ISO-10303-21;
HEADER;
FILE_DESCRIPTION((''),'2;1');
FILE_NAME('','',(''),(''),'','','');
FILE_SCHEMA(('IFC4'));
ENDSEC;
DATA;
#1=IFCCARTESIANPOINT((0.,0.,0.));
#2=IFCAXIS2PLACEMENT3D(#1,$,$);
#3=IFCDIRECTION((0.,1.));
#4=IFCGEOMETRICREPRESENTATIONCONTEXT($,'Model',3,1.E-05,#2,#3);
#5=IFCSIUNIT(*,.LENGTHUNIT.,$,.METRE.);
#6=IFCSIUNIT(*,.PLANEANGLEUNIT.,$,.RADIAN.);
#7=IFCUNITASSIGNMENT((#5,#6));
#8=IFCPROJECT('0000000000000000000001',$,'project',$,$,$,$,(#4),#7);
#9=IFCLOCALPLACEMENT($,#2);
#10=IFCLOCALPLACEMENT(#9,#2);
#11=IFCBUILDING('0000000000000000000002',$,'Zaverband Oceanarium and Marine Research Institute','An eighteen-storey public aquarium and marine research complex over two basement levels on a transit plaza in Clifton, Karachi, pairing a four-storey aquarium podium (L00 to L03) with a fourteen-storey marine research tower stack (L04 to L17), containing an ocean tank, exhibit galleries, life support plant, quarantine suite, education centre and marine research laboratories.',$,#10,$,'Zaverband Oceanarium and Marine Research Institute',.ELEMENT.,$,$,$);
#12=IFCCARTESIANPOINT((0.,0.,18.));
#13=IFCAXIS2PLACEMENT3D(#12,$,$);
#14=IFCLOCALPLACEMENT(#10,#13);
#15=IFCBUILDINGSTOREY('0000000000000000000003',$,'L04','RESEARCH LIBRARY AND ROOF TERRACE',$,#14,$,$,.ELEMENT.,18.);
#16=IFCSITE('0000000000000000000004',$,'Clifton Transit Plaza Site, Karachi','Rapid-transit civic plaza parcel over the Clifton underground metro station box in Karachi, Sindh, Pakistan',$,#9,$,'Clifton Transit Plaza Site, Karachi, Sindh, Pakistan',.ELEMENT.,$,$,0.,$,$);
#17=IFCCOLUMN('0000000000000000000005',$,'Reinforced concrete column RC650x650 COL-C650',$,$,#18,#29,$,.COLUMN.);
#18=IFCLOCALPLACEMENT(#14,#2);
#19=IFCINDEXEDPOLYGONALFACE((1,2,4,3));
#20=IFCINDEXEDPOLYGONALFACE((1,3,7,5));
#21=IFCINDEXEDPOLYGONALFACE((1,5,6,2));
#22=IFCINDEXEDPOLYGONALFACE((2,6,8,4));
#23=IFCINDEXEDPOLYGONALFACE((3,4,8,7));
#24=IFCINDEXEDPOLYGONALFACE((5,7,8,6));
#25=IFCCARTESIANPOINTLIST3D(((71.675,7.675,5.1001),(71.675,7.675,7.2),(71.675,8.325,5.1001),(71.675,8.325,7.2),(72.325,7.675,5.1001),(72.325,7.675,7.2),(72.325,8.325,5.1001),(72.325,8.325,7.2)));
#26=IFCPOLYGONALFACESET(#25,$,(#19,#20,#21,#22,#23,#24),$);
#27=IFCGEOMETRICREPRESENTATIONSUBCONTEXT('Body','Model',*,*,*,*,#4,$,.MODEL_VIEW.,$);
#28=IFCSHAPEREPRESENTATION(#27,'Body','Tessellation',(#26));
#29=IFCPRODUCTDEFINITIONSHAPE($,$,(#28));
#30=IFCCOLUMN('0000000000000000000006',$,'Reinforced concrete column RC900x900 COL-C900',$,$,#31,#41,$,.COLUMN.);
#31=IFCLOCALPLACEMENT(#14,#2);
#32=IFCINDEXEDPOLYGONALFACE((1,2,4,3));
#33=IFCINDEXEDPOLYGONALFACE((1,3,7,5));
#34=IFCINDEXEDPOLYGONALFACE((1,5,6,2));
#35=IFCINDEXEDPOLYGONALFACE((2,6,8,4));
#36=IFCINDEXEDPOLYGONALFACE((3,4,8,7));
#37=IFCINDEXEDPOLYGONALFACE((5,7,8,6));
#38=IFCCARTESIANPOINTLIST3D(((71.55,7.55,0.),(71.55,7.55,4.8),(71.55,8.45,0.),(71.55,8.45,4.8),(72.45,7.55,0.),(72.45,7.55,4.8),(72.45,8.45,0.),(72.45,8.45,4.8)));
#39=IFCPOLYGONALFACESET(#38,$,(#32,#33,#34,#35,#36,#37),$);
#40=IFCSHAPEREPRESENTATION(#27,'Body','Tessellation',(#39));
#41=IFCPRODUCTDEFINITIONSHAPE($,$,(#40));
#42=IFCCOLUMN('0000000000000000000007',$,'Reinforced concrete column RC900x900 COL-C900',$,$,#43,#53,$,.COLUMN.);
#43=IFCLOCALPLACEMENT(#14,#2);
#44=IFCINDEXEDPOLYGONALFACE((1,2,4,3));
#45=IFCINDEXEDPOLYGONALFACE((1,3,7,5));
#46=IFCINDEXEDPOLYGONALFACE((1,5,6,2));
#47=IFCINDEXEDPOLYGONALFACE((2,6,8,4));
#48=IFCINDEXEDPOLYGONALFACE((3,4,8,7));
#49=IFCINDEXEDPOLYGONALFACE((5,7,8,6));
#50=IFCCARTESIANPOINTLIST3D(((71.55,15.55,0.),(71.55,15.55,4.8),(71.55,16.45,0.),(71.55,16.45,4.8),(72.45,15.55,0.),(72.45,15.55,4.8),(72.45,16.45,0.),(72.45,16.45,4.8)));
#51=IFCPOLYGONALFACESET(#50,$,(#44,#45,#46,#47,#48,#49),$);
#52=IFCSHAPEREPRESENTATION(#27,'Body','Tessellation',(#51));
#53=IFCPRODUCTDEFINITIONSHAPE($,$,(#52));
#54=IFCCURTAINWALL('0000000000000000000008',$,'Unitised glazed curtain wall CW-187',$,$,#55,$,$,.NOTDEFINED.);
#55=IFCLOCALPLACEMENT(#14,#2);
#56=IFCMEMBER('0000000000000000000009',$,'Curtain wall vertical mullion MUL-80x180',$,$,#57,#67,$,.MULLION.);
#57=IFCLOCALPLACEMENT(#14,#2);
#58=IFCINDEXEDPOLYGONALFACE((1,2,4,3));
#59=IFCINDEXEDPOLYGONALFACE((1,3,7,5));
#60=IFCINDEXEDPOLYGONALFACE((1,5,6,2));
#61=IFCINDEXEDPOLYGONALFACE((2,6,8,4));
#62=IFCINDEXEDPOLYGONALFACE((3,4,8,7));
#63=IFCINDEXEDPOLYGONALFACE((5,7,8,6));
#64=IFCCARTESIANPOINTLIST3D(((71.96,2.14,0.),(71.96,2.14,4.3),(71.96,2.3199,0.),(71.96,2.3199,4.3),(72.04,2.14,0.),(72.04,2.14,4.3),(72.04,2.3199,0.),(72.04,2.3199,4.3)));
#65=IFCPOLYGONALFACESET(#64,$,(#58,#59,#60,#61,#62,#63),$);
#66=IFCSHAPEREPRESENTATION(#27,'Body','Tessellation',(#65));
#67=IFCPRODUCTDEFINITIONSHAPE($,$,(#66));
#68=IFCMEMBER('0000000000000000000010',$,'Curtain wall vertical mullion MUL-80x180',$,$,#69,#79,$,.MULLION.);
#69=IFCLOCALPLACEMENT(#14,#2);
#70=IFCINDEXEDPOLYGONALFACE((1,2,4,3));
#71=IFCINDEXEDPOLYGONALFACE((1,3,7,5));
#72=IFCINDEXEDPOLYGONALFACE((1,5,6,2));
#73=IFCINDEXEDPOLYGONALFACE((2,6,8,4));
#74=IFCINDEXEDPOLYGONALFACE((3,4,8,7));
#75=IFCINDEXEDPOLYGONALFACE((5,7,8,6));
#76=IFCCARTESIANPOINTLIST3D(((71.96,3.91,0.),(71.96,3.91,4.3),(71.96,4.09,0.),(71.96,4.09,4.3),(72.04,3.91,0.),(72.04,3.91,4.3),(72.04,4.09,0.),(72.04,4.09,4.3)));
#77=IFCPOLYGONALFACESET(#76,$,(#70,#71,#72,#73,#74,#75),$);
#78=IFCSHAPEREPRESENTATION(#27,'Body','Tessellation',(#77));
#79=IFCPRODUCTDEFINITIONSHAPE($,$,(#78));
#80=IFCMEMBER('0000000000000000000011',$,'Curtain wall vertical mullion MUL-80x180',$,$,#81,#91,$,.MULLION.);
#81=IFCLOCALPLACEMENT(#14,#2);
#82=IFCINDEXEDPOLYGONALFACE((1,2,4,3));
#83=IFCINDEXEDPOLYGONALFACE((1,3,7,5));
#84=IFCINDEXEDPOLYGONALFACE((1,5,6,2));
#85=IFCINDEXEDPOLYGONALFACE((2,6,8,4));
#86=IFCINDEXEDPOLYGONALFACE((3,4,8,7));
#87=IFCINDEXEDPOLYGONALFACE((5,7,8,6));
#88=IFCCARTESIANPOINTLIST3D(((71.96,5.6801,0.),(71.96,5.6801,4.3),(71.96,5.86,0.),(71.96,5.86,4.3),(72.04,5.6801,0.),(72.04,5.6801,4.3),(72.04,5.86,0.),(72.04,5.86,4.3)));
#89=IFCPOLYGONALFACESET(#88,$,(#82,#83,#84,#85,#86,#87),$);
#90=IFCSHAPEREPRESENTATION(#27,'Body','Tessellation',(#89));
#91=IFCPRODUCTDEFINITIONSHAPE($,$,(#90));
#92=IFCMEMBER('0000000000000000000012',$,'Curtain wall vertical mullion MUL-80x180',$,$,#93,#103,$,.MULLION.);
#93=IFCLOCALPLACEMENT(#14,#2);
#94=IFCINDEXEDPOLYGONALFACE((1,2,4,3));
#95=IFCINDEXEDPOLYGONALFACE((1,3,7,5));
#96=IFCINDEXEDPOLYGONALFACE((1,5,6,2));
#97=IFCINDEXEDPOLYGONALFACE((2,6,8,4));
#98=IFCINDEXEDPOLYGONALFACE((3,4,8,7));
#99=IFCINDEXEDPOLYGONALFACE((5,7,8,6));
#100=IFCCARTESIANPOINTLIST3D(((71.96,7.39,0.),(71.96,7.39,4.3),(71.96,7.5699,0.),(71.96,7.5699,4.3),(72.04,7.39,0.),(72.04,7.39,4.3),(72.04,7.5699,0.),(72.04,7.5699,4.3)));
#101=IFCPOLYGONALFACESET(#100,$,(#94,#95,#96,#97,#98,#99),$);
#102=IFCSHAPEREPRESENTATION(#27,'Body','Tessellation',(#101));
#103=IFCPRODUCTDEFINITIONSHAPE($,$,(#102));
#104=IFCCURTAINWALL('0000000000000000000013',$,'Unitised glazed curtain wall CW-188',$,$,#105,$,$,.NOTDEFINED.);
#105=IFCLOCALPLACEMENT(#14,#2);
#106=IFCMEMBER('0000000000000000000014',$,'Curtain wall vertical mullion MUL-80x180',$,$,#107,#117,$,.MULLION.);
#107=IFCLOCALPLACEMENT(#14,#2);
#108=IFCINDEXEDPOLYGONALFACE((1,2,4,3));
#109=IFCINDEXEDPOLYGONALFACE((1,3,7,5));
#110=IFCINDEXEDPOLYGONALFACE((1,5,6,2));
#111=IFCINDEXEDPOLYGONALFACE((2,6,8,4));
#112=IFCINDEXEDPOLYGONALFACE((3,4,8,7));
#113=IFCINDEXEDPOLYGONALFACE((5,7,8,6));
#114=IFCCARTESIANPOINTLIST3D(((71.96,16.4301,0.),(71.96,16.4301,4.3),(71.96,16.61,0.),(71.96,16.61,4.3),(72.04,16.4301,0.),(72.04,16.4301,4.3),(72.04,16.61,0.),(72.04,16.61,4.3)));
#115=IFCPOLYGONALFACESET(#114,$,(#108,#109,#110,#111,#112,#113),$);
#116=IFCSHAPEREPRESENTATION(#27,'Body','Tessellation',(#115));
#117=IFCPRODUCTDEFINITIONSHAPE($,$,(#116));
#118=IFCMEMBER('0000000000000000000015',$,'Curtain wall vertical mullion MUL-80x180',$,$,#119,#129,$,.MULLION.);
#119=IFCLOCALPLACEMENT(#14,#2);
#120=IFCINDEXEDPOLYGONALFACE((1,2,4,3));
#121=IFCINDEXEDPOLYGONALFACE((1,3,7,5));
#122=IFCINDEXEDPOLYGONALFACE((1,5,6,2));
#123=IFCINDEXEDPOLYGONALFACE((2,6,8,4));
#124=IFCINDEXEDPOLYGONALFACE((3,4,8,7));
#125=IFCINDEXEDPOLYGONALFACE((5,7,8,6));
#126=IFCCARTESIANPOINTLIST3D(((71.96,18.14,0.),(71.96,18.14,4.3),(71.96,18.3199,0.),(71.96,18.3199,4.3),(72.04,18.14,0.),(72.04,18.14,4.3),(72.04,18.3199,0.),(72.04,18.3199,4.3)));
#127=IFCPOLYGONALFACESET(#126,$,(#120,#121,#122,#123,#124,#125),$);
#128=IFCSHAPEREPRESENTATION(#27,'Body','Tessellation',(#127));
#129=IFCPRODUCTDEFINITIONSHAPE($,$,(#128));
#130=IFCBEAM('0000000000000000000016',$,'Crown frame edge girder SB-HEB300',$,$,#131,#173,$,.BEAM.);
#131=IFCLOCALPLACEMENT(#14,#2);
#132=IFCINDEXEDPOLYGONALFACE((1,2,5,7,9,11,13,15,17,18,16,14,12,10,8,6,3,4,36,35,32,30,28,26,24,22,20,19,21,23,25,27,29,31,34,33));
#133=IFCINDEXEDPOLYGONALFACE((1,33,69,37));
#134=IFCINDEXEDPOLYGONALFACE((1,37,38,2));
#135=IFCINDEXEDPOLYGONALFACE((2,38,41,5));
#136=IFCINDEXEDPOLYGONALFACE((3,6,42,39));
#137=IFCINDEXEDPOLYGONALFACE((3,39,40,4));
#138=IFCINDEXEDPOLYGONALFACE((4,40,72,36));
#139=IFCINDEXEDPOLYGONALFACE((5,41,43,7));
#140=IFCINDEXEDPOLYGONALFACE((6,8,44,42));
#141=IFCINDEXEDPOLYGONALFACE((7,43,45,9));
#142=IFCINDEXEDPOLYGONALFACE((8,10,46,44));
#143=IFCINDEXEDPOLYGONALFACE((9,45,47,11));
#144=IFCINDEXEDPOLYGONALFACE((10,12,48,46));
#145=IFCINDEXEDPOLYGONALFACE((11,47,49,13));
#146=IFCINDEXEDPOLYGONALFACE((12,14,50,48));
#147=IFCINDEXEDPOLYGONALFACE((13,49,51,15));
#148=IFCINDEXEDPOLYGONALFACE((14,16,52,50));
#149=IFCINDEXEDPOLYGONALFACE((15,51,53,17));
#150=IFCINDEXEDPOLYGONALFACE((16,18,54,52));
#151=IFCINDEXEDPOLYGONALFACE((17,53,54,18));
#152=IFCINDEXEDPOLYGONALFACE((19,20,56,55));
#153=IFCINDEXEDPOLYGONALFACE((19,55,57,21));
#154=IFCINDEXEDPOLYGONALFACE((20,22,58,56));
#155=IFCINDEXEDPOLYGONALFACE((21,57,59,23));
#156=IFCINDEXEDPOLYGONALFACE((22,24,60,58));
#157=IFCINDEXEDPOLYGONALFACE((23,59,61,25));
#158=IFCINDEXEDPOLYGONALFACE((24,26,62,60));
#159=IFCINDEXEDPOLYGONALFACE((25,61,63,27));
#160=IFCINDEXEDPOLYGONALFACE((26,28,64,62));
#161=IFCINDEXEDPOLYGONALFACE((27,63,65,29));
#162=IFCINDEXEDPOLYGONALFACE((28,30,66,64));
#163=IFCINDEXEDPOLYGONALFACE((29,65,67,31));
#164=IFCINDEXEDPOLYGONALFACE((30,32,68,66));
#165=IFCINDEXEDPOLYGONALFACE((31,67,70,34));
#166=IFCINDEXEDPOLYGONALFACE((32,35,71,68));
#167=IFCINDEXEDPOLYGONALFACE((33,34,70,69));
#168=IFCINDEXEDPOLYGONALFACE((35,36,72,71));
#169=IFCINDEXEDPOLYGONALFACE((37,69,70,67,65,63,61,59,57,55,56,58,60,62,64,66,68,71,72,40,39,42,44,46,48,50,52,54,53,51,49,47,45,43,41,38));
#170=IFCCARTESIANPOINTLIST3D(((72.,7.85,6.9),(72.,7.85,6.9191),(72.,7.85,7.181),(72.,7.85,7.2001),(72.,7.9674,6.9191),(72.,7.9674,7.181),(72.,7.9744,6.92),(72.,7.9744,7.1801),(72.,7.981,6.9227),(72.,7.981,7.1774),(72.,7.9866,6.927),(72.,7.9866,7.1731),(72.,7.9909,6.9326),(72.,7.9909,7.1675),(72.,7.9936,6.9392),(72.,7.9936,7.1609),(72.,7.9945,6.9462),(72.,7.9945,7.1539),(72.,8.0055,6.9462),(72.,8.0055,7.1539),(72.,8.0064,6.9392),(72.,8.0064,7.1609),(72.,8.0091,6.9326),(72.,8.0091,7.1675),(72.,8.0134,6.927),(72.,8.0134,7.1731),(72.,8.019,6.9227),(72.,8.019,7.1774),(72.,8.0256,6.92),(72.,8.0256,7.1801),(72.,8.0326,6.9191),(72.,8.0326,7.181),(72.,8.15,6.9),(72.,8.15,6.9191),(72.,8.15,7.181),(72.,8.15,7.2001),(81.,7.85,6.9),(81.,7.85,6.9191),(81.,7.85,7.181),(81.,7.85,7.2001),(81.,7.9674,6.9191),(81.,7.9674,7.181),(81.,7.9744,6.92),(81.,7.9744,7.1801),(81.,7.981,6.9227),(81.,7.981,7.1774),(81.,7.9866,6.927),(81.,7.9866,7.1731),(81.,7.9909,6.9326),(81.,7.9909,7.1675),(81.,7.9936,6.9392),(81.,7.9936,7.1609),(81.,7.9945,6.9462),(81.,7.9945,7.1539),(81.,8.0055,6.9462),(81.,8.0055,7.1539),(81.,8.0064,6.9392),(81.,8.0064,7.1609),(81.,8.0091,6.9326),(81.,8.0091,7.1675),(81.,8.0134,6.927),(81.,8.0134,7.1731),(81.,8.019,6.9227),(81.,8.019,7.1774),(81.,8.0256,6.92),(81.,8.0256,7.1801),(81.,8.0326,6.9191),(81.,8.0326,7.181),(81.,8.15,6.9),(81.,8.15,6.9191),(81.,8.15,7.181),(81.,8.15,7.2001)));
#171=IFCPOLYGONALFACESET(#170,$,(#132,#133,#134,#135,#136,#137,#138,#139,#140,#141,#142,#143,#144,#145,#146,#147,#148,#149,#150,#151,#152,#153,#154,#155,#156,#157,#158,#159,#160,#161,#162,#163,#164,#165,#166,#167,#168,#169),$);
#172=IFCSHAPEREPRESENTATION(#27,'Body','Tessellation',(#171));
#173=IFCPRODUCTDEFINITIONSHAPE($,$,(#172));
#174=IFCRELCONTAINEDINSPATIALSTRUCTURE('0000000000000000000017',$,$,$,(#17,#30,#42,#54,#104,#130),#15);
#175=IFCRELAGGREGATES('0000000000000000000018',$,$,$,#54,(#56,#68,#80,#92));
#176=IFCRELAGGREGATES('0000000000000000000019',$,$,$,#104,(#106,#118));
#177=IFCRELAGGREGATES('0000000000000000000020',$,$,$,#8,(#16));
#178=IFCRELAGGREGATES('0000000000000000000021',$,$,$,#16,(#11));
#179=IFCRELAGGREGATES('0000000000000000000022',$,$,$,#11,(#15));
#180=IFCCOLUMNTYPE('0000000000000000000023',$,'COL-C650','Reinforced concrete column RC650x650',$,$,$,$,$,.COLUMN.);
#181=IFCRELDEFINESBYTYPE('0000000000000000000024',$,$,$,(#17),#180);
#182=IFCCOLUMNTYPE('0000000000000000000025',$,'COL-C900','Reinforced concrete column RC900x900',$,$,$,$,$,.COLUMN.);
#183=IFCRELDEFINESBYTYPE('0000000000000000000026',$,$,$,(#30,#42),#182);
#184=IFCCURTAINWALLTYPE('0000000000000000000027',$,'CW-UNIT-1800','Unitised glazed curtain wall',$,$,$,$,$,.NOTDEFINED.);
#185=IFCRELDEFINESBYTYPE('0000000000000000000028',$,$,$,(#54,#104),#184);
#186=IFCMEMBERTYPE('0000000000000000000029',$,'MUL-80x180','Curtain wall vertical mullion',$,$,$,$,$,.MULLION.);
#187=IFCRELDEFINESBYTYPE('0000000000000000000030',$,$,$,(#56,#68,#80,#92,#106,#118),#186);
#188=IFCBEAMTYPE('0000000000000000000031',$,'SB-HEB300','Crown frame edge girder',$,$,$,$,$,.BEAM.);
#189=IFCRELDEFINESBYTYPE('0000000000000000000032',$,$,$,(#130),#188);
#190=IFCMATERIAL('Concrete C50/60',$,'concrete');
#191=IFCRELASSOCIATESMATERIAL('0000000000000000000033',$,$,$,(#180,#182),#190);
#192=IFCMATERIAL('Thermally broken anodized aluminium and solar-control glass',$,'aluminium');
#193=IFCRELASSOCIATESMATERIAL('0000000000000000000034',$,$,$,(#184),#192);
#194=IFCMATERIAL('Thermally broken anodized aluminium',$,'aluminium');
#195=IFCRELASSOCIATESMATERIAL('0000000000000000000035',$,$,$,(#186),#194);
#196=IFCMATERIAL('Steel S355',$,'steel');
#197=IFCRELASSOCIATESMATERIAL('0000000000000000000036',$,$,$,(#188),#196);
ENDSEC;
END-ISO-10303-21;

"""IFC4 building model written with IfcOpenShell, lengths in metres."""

from ifc_helpers import new_model, si_unit, direction, frame, origin, origin_2d, place, context, subcontext, project, spatial, rectangle, i_section, extrude, material, material_profile, profile_set, type_object, element, aggregate, save


model = new_model("IFC4")

# Units and contexts
model_context = context("Model", 3, precision=1e-05, world=origin(), true_north=direction((0.0, 1.0)))
body_context = subcontext(model_context, "Body", "Model", "MODEL_VIEW")
ifc_project = project(units=[si_unit("LENGTHUNIT", "METRE"), si_unit("PLANEANGLEUNIT", "RADIAN")], contexts=[model_context])

# Site, building, storey
site_placement = place(None, origin())
site = spatial("IfcSite", under=ifc_project, at=site_placement, Name="Clifton Transit Plaza Site, Karachi", Description="Rapid-transit civic plaza parcel over the Clifton underground metro station box in Karachi, Sindh, Pakistan", LongName="Clifton Transit Plaza Site, Karachi, Sindh, Pakistan", CompositionType="ELEMENT", RefElevation=0.0)
building_placement = place(site_placement, origin())
building = spatial("IfcBuilding", under=site, at=building_placement, Name="Zaverband Oceanarium and Marine Research Institute", Description="An eighteen-storey public aquarium and marine research complex over two basement levels on a transit plaza in Clifton, Karachi, pairing a four-storey aquarium podium (L00 to L03) with a fourteen-storey marine research tower stack (L04 to L17), containing an ocean tank, exhibit galleries, life support plant, quarantine suite, education centre and marine research laboratories.", LongName="Zaverband Oceanarium and Marine Research Institute", CompositionType="ELEMENT")
storey_placement = place(building_placement, frame((0.0, 0.0, 18.0)))
storey = spatial("IfcBuildingStorey", under=building, at=storey_placement, Name="L04", Description="RESEARCH LIBRARY AND ROOF TERRACE", CompositionType="ELEMENT", Elevation=18.0)

# Columns
ifc_material_1 = material(Name="Concrete C50/60", Category="concrete")
ifc_material_profile_1 = material_profile(ifc_material_1, rectangle(XDim=0.6499, YDim=0.6499, at=origin_2d()), Name="RC650x650")
ifc_profile_set_1 = profile_set([ifc_material_profile_1], Name="Concrete C50/60")
column_type_1 = type_object("IfcColumnType", Name="COL-C650", Description="Reinforced concrete column RC650x650", PredefinedType="COLUMN", material=ifc_profile_set_1)
column_placement = place(storey_placement, frame((72.0, 8.0, 5.1001), z_axis=(0.0, 0.0, 1.0), x_axis=(1.0, 0.0, 0.0)))
element("IfcColumn", 1, at=column_placement, inside=storey, type_object=column_type_1, Name="Reinforced concrete column RC650x650 COL-C650", PredefinedType="COLUMN", context=body_context, shape_type="SweptSolid", body=[
    extrude(rectangle(XDim=0.6499, YDim=0.6499, at=origin_2d()), origin(), (0.0, 0.0, 1.0), 2.0999),
])
ifc_material_profile_2 = material_profile(ifc_material_1, rectangle(XDim=0.8999, YDim=0.8999, at=origin_2d()), Name="RC900x900")
ifc_profile_set_2 = profile_set([ifc_material_profile_2], Name="Concrete C50/60")
column_type_2 = type_object("IfcColumnType", Name="COL-C900", Description="Reinforced concrete column RC900x900", PredefinedType="COLUMN", material=ifc_profile_set_2)
for number, where, z_axis, x_axis, name in (
    (2, (72.0, 8.0, 0.0), (0.0, 0.0, 1.0), (1.0, 0.0, 0.0), "Reinforced concrete column RC900x900 COL-C900"),
    (3, (72.0, 16.0, 0.0), (0.0, 0.0, 1.0), (1.0, 0.0, 0.0), "Reinforced concrete column RC900x900 COL-C900"),
):
    element("IfcColumn", number, at=place(storey_placement, frame(where, z_axis=z_axis, x_axis=x_axis)), inside=storey, type_object=column_type_2, Name=name, PredefinedType="COLUMN", context=body_context, shape_type="SweptSolid", body=[
        extrude(rectangle(XDim=0.8999, YDim=0.8999, at=origin_2d()), origin(), (0.0, 0.0, 1.0), 4.8),
    ])

# Curtain walls, members
ifc_material_2 = material(Name="Thermally broken anodized aluminium and solar-control glass", Category="aluminium")
curtain_wall_type = type_object("IfcCurtainWallType", Name="CW-UNIT-1800", Description="Unitised glazed curtain wall", PredefinedType="NOTDEFINED", material=ifc_material_2)
curtain_wall_1_placement = place(storey_placement, origin())
curtain_wall_1 = element("IfcCurtainWall", 4, at=curtain_wall_1_placement, inside=storey, type_object=curtain_wall_type, Name="Unitised glazed curtain wall CW-187", PredefinedType="NOTDEFINED")
ifc_material_3 = material(Name="Thermally broken anodized aluminium", Category="aluminium")
ifc_material_profile_3 = material_profile(ifc_material_3, rectangle(XDim=0.0801, YDim=0.1799, at=origin_2d()), Name="AL-MUL-80x180")
ifc_profile_set_3 = profile_set([ifc_material_profile_3], Name="Thermally broken anodized aluminium")
member_type_1 = type_object("IfcMemberType", Name="MUL-80x180", Description="Curtain wall vertical mullion", PredefinedType="MULLION", material=ifc_profile_set_3)
member_1_placement = place(storey_placement, frame((72.0, 2.23, 0.0), z_axis=(0.0, 0.0, 1.0), x_axis=(1.0, 0.0, 0.0)))
member_1 = element("IfcMember", 5, at=member_1_placement, type_object=member_type_1, Name="Curtain wall vertical mullion MUL-80x180", PredefinedType="MULLION", context=body_context, shape_type="SweptSolid", body=[
    extrude(rectangle(XDim=0.0801, YDim=0.1799, at=origin_2d()), origin(), (0.0, 0.0, 1.0), 4.3),
])
member_2_placement = place(storey_placement, frame((72.0, 4.0, 0.0), z_axis=(0.0, 0.0, 1.0), x_axis=(1.0, 0.0, 0.0)))
member_2 = element("IfcMember", 6, at=member_2_placement, type_object=member_type_1, Name="Curtain wall vertical mullion MUL-80x180", PredefinedType="MULLION", context=body_context, shape_type="SweptSolid", body=[
    extrude(rectangle(XDim=0.0801, YDim=0.1799, at=origin_2d()), origin(), (0.0, 0.0, 1.0), 4.3),
])
member_3_placement = place(storey_placement, frame((72.0, 5.77, 0.0), z_axis=(0.0, 0.0, 1.0), x_axis=(1.0, 0.0, 0.0)))
member_3 = element("IfcMember", 7, at=member_3_placement, type_object=member_type_1, Name="Curtain wall vertical mullion MUL-80x180", PredefinedType="MULLION", context=body_context, shape_type="SweptSolid", body=[
    extrude(rectangle(XDim=0.0801, YDim=0.1799, at=origin_2d()), origin(), (0.0, 0.0, 1.0), 4.3),
])
member_4_placement = place(storey_placement, frame((72.0, 7.48, 0.0), z_axis=(0.0, 0.0, 1.0), x_axis=(1.0, 0.0, 0.0)))
member_4 = element("IfcMember", 8, at=member_4_placement, type_object=member_type_1, Name="Curtain wall vertical mullion MUL-80x180", PredefinedType="MULLION", context=body_context, shape_type="SweptSolid", body=[
    extrude(rectangle(XDim=0.0801, YDim=0.1799, at=origin_2d()), origin(), (0.0, 0.0, 1.0), 4.3),
])
curtain_wall_2_placement = place(storey_placement, origin())
curtain_wall_2 = element("IfcCurtainWall", 9, at=curtain_wall_2_placement, inside=storey, type_object=curtain_wall_type, Name="Unitised glazed curtain wall CW-188", PredefinedType="NOTDEFINED")
member_5_placement = place(storey_placement, frame((72.0, 16.52, 0.0), z_axis=(0.0, 0.0, 1.0), x_axis=(1.0, 0.0, 0.0)))
member_5 = element("IfcMember", 10, at=member_5_placement, type_object=member_type_1, Name="Curtain wall vertical mullion MUL-80x180", PredefinedType="MULLION", context=body_context, shape_type="SweptSolid", body=[
    extrude(rectangle(XDim=0.0801, YDim=0.1799, at=origin_2d()), origin(), (0.0, 0.0, 1.0), 4.3),
])
member_6_placement = place(storey_placement, frame((72.0, 18.23, 0.0), z_axis=(0.0, 0.0, 1.0), x_axis=(1.0, 0.0, 0.0)))
member_6 = element("IfcMember", 11, at=member_6_placement, type_object=member_type_1, Name="Curtain wall vertical mullion MUL-80x180", PredefinedType="MULLION", context=body_context, shape_type="SweptSolid", body=[
    extrude(rectangle(XDim=0.0801, YDim=0.1799, at=origin_2d()), origin(), (0.0, 0.0, 1.0), 4.3),
])

# Beam
ifc_material_4 = material(Name="Steel S355", Category="steel")
ifc_material_profile_4 = material_profile(ifc_material_4, i_section(OverallWidth=0.3, OverallDepth=0.3, WebThickness=0.011, FlangeThickness=0.019, FilletRadius=0.0271, at=origin_2d()), Name="HEB300")
ifc_profile_set_4 = profile_set([ifc_material_profile_4], Name="Steel S355")
beam_type_1 = type_object("IfcBeamType", Name="SB-HEB300", Description="Crown frame edge girder", PredefinedType="BEAM", material=ifc_profile_set_4)
beam_placement = place(storey_placement, frame((72.0, 8.0, 7.05), z_axis=(1.0, 0.0, 0.0), x_axis=(0.0, 1.0, 0.0)))
element("IfcBeam", 12, at=beam_placement, inside=storey, type_object=beam_type_1, Name="Crown frame edge girder SB-HEB300", PredefinedType="BEAM", context=body_context, shape_type="SweptSolid", body=[
    extrude(i_section(OverallWidth=0.3, OverallDepth=0.3, WebThickness=0.011, FlangeThickness=0.019, FilletRadius=0.0271, at=origin_2d()), origin(), (0.0, 0.0, 1.0), 9.0),
])

aggregate(curtain_wall_1, [member_1, member_2, member_3, member_4])
aggregate(curtain_wall_2, [member_5, member_6])

save(model, "model.ifc")
